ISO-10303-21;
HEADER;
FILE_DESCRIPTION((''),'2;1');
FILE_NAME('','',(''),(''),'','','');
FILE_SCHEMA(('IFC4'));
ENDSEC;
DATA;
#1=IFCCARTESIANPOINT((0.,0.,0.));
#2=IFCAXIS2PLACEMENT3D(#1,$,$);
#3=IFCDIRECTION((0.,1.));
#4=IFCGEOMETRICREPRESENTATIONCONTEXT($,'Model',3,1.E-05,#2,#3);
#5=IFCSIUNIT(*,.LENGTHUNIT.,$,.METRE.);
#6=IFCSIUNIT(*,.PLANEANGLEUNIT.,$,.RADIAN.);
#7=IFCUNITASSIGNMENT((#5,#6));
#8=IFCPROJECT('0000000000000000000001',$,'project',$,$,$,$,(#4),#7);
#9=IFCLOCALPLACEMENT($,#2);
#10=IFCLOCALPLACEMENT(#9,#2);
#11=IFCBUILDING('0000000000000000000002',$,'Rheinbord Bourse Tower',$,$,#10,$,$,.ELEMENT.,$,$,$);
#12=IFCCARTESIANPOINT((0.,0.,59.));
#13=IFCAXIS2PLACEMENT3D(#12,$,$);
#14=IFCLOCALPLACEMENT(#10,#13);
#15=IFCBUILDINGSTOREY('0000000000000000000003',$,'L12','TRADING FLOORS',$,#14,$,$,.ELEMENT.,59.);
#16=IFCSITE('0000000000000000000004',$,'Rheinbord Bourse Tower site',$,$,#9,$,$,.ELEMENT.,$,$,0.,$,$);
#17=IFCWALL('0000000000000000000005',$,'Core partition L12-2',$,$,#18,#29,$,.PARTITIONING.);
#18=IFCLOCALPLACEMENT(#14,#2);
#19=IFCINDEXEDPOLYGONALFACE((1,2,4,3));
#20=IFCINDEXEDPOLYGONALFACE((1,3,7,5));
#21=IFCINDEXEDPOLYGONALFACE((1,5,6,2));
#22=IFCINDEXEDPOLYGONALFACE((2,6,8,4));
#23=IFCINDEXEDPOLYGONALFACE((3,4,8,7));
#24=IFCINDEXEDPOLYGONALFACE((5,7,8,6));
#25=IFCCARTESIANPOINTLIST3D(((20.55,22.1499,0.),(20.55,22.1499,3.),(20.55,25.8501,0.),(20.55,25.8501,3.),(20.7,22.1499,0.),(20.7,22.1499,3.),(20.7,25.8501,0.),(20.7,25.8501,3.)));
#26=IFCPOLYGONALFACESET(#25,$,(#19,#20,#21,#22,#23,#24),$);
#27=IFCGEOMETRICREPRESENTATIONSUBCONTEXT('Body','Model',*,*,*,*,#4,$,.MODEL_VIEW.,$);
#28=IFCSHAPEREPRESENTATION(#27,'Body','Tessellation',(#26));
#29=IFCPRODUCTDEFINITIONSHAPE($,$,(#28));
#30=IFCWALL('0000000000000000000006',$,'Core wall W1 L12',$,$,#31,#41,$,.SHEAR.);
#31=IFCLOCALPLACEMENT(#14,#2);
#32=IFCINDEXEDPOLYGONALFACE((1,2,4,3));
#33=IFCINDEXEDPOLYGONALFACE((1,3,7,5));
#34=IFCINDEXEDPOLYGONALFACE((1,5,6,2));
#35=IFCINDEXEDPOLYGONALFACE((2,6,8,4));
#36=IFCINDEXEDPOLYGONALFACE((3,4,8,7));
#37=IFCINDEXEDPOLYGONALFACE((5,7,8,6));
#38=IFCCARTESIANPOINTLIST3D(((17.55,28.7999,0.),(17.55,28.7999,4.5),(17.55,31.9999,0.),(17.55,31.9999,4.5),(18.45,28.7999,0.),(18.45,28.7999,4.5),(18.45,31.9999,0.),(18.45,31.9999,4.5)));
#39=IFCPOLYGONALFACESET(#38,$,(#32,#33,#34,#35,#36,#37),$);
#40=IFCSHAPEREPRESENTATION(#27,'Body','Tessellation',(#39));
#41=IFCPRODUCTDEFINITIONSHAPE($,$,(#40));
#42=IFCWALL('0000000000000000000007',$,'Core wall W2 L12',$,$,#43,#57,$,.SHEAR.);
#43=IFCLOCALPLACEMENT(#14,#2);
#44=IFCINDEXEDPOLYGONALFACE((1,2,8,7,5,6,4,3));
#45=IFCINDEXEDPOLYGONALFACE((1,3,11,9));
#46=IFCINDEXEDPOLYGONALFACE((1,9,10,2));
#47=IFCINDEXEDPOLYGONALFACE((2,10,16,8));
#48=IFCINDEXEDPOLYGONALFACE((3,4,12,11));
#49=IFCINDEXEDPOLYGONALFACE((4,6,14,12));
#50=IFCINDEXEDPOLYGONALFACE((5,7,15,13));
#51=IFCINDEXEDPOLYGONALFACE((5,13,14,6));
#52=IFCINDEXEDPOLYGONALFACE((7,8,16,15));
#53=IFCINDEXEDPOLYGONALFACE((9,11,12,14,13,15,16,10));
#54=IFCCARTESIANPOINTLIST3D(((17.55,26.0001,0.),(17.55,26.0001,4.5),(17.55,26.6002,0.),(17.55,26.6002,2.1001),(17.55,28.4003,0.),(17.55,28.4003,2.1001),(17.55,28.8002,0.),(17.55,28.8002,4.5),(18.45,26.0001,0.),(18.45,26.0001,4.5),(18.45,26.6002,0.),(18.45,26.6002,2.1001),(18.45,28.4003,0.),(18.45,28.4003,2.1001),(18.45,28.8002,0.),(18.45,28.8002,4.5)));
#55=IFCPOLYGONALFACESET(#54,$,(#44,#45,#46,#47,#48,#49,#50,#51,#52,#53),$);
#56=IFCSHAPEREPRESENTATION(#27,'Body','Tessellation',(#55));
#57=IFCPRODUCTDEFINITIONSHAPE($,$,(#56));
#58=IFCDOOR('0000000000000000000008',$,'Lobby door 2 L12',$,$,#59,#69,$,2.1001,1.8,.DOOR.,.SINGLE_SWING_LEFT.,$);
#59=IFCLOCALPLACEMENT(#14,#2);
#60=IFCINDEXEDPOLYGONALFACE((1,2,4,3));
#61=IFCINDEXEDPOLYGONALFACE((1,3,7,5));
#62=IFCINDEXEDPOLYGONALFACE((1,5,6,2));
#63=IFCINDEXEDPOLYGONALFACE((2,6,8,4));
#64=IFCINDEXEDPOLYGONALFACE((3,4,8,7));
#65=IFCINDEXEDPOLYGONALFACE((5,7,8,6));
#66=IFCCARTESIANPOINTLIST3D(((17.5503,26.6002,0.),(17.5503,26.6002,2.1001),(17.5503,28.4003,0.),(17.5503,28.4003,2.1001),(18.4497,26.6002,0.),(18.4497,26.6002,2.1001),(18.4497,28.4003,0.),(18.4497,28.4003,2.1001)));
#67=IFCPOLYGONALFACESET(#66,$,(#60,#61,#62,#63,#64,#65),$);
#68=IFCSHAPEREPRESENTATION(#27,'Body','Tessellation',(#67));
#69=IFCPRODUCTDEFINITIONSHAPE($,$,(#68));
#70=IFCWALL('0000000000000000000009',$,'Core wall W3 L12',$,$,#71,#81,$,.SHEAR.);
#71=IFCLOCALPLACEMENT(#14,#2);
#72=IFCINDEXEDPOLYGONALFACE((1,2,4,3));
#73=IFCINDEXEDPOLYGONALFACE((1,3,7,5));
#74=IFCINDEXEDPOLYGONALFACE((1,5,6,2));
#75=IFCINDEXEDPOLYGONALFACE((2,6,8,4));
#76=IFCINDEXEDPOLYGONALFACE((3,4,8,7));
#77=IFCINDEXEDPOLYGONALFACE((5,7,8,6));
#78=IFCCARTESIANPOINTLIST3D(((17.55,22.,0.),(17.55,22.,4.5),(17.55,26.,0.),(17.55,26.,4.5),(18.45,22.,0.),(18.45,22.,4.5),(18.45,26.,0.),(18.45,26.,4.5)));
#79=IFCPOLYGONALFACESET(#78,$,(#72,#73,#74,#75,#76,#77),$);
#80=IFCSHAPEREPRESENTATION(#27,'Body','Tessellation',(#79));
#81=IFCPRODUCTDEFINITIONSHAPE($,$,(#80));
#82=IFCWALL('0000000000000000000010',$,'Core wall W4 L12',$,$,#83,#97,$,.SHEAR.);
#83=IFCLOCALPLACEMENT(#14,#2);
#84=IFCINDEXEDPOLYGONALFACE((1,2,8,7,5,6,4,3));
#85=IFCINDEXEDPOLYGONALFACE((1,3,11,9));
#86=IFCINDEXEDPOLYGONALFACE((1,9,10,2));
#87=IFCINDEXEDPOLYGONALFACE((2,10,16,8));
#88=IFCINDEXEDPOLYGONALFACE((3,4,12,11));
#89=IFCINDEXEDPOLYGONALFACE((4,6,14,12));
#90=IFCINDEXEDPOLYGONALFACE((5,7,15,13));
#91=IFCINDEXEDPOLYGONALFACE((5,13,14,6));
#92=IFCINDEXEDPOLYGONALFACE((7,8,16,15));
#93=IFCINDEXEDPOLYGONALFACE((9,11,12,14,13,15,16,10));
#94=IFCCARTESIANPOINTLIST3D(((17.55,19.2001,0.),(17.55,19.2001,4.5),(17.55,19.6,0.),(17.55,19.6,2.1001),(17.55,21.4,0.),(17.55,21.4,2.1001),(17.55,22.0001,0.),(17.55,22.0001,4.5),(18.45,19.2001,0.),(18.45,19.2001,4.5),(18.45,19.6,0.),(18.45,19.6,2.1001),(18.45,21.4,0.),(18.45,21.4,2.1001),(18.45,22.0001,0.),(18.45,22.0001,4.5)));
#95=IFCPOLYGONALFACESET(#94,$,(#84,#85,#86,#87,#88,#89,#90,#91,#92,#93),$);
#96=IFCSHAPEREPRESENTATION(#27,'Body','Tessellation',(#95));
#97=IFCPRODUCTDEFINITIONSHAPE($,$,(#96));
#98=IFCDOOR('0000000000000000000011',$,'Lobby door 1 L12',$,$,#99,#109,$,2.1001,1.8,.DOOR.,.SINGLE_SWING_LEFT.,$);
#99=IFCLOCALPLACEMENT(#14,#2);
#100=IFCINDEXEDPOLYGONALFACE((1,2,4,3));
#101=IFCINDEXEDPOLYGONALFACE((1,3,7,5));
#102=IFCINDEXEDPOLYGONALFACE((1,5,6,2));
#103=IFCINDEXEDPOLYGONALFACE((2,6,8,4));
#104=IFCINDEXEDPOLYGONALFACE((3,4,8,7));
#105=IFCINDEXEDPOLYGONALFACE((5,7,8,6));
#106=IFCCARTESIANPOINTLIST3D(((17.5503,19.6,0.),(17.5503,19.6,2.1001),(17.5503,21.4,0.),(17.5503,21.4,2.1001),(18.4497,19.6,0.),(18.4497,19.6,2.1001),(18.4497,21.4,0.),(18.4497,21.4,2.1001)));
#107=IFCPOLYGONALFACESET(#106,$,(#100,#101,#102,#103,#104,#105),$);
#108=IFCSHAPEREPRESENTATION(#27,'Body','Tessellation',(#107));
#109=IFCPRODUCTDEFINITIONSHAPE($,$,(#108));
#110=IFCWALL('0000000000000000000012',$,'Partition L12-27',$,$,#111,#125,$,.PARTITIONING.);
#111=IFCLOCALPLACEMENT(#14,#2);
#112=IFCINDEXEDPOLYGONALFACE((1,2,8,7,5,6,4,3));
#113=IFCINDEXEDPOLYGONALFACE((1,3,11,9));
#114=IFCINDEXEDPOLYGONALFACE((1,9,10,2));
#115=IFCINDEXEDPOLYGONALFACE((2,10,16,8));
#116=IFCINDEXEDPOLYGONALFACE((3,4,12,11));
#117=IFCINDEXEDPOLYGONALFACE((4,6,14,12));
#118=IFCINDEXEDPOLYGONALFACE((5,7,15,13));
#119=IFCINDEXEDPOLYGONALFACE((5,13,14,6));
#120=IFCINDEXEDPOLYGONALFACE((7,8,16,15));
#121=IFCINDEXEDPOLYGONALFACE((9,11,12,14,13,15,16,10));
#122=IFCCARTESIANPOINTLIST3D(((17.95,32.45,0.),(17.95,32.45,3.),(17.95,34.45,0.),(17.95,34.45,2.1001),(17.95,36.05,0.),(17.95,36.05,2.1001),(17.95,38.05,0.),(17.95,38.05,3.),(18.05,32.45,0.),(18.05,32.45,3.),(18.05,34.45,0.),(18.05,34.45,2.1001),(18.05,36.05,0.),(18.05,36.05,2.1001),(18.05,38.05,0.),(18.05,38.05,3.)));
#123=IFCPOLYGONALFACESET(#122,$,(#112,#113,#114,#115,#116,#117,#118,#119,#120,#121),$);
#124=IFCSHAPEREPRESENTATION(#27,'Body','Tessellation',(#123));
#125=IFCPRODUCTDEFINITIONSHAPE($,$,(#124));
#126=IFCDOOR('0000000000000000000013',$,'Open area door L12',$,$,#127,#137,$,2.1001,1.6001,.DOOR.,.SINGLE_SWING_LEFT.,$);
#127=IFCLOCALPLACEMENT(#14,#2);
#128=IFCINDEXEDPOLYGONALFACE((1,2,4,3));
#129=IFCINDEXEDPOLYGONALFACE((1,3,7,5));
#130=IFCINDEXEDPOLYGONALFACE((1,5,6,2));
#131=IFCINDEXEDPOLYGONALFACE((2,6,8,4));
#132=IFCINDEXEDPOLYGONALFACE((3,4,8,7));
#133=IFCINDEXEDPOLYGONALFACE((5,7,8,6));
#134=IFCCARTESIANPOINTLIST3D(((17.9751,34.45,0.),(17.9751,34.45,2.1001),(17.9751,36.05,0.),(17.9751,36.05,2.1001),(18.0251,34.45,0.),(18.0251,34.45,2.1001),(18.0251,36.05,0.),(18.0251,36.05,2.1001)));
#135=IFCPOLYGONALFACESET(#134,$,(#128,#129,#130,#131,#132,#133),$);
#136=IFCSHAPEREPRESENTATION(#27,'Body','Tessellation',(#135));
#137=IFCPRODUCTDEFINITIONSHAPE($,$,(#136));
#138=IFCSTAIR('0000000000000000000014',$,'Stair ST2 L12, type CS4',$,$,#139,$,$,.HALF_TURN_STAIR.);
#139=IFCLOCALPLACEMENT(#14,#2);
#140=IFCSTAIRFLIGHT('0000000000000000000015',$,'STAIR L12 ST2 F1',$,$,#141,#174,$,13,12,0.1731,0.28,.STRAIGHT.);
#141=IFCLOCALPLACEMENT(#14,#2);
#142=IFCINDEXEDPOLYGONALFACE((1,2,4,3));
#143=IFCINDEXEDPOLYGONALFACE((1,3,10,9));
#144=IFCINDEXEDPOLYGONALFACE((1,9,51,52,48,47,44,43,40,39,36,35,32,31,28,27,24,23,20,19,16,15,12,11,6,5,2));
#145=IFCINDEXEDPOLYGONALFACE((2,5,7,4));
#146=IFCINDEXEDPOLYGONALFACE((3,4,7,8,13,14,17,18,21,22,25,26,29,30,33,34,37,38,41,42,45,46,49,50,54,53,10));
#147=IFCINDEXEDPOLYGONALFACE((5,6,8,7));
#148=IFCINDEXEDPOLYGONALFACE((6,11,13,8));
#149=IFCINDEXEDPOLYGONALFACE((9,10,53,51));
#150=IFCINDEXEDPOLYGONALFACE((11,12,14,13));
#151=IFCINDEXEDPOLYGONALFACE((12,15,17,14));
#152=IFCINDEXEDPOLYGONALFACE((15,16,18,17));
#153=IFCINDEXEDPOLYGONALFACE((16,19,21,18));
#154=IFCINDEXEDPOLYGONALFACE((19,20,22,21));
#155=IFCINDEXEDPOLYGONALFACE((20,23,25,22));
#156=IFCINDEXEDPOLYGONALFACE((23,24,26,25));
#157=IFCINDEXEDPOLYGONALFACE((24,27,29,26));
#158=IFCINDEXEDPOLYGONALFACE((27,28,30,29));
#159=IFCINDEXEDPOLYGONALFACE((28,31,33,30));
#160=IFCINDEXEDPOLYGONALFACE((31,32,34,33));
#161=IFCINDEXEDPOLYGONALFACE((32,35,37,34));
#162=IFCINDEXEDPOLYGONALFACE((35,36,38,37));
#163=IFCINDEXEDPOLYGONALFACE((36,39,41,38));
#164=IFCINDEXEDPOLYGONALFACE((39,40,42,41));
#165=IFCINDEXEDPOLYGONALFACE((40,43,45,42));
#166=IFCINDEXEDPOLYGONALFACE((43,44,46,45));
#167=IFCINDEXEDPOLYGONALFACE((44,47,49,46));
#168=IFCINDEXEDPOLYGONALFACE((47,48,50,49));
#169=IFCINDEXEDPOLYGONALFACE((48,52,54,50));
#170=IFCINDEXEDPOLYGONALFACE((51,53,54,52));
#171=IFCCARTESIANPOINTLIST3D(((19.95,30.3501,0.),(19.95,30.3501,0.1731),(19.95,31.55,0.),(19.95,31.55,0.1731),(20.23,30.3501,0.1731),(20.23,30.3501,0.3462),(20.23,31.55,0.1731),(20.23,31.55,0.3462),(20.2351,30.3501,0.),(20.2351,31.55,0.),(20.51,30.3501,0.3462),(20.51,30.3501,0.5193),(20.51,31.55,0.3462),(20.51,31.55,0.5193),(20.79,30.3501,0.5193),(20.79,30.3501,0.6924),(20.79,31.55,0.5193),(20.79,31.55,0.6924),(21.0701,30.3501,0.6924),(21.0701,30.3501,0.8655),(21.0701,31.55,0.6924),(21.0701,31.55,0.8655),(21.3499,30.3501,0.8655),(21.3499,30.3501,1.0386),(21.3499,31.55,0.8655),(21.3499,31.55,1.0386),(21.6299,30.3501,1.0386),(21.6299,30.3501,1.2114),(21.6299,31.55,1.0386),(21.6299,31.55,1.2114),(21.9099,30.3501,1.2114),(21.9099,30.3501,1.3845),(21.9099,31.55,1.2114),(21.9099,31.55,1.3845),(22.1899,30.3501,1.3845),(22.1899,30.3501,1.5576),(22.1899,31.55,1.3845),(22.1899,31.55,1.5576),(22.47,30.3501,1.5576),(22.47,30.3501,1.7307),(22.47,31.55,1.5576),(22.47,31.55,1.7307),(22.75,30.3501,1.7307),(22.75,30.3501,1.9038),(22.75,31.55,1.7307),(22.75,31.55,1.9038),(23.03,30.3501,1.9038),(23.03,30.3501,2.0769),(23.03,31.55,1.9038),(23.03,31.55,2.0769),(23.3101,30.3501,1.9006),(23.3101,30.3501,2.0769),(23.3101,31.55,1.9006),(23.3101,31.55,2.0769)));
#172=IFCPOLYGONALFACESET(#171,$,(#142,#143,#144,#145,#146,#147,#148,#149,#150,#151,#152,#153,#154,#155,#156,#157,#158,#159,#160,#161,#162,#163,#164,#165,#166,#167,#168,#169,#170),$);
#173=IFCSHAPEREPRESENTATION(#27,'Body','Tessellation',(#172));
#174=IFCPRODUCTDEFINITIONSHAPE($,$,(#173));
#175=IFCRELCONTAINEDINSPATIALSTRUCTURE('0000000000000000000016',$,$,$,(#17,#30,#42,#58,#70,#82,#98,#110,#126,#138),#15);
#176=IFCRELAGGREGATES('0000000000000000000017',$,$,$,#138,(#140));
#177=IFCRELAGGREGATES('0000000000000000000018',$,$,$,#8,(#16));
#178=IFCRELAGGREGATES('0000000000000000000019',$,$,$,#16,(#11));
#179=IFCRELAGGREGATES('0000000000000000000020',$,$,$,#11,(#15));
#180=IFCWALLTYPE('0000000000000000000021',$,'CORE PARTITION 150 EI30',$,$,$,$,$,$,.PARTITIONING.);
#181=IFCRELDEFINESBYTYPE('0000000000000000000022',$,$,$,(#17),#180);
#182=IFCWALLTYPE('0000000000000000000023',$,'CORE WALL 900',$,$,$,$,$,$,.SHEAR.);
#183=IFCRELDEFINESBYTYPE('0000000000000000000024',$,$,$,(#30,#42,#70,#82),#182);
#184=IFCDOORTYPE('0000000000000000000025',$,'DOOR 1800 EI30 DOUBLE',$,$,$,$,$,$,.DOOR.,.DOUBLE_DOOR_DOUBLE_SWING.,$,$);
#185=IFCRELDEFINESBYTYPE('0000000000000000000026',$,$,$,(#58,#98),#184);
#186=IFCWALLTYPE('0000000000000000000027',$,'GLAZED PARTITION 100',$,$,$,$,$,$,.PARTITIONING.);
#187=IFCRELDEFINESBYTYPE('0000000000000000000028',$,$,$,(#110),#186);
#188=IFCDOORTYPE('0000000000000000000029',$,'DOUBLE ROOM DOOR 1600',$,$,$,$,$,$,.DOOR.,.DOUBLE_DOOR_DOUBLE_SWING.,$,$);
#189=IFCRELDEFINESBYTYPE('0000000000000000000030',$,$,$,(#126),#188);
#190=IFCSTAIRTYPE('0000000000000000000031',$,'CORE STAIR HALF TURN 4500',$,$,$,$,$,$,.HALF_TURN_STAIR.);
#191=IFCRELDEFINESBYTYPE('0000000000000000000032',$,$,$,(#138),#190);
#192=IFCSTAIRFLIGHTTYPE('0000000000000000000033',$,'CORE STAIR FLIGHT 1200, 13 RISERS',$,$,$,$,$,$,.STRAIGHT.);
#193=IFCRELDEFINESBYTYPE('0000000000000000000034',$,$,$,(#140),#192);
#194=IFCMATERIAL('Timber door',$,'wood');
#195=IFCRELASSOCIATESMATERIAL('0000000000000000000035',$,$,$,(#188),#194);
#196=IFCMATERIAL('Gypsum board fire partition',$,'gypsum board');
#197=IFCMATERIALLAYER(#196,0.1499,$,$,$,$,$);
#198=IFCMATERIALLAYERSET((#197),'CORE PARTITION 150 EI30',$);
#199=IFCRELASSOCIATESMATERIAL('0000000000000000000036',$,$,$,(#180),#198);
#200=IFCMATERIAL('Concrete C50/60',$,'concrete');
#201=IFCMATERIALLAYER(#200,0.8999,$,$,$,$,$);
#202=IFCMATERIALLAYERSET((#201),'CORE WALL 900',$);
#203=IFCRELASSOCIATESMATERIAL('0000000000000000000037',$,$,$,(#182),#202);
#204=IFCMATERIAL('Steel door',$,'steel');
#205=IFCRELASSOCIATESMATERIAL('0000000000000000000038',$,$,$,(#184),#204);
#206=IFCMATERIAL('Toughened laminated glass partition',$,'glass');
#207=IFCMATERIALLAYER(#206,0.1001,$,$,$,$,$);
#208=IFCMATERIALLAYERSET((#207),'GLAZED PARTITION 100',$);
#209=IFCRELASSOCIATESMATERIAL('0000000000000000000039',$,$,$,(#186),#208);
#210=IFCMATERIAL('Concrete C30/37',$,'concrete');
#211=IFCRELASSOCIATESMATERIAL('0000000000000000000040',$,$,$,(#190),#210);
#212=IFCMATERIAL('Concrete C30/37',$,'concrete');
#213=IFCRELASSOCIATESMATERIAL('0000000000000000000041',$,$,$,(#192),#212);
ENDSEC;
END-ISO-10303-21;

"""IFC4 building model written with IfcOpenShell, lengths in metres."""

from ifc_helpers import new_model, si_unit, direction, frame, frame_2d, origin, place, context, subcontext, project, spatial, polyline, rectangle, outline, extrude, material, layer, layer_set, type_object, element, fill, aggregate, save


model = new_model("IFC4")

# Units and contexts
model_context = context("Model", 3, precision=1e-05, world=origin(), true_north=direction((0.0, 1.0)))
body_context = subcontext(model_context, "Body", "Model", "MODEL_VIEW")
ifc_project = project(units=[si_unit("LENGTHUNIT", "METRE"), si_unit("PLANEANGLEUNIT", "RADIAN")], contexts=[model_context])

# Site, building, storey
site_placement = place(None, origin())
site = spatial("IfcSite", under=ifc_project, at=site_placement, Name="Rheinbord Bourse Tower site", CompositionType="ELEMENT", RefElevation=0.0)
building_placement = place(site_placement, origin())
building = spatial("IfcBuilding", under=site, at=building_placement, Name="Rheinbord Bourse Tower", CompositionType="ELEMENT")
storey_placement = place(building_placement, frame((0.0, 0.0, 59.0)))
storey = spatial("IfcBuildingStorey", under=building, at=storey_placement, Name="L12", Description="TRADING FLOORS", CompositionType="ELEMENT", Elevation=59.0)

# Shared definitions
ifc_material_1 = material(Name="Timber door", Category="wood")
door_type_1 = type_object("IfcDoorType", Name="DOUBLE ROOM DOOR 1600", OperationType="DOUBLE_DOOR_DOUBLE_SWING", PredefinedType="DOOR", material=ifc_material_1)

# Walls
ifc_material_2 = material(Name="Gypsum board fire partition", Category="gypsum board")
ifc_layer_1 = layer(ifc_material_2, 0.1499)
ifc_layer_set_1 = layer_set([ifc_layer_1], Name="CORE PARTITION 150 EI30")
wall_type_1 = type_object("IfcWallType", Name="CORE PARTITION 150 EI30", PredefinedType="PARTITIONING", material=ifc_layer_set_1)
wall_1_placement = place(storey_placement, frame((20.625, 22.1499, 0.0), z_axis=(0.0, 0.0, 1.0), x_axis=(0.0, 1.0, 0.0)))
element("IfcWall", 1, at=wall_1_placement, inside=storey, type_object=wall_type_1, Name="Core partition L12-2", PredefinedType="PARTITIONING", context=body_context, shape_type="SweptSolid", body=[
    extrude(rectangle(XDim=3.7002, YDim=0.1499, at=frame_2d((1.8501, 0.0))), origin(), (0.0, 0.0, 1.0), 3.0),
])
ifc_material_3 = material(Name="Concrete C50/60", Category="concrete")
ifc_layer_2 = layer(ifc_material_3, 0.8999)
ifc_layer_set_2 = layer_set([ifc_layer_2], Name="CORE WALL 900")
wall_type_2 = type_object("IfcWallType", Name="CORE WALL 900", PredefinedType="SHEAR", material=ifc_layer_set_2)
wall_2_placement = place(storey_placement, frame((18.0, 32.0, 0.0), z_axis=(0.0, 0.0, 1.0), x_axis=(0.0, -1.0, 0.0)))
element("IfcWall", 2, at=wall_2_placement, inside=storey, type_object=wall_type_2, Name="Core wall W1 L12", PredefinedType="SHEAR", context=body_context, shape_type="SweptSolid", body=[
    extrude(rectangle(XDim=3.2, YDim=0.8999, at=frame_2d((1.6001, 0.0))), origin(), (0.0, 0.0, 1.0), 4.5),
])

# Wall, opening, door
wall_3_placement = place(storey_placement, frame((18.0, 28.8, 0.0), z_axis=(0.0, 0.0, 1.0), x_axis=(0.0, -1.0, 0.0)))
wall_3 = element("IfcWall", 3, at=wall_3_placement, inside=storey, type_object=wall_type_2, Name="Core wall W2 L12", PredefinedType="SHEAR", context=body_context, shape_type="SweptSolid", body=[
    extrude(rectangle(XDim=2.8, YDim=0.8999, at=frame_2d((1.3999, 0.0))), origin(), (0.0, 0.0, 1.0), 4.5),
])
opening_1_placement = place(wall_3_placement, frame((0.3999, 0.0, 0.0)))
opening_1 = element("IfcOpeningElement", 4, at=opening_1_placement, cuts=wall_3, PredefinedType="OPENING", context=body_context, shape_type="SweptSolid", body=[
    extrude(rectangle(XDim=1.8, YDim=2.1001, at=frame_2d((0.8999, 1.05))), frame((0.0, 0.46, 0.0), z_axis=(0.0, -1.0, 0.0), x_axis=(1.0, 0.0, 0.0)), (0.0, 0.0, 1.0), 0.9199),
])
ifc_material_4 = material(Name="Steel door", Category="steel")
door_type_2 = type_object("IfcDoorType", Name="DOOR 1800 EI30 DOUBLE", OperationType="DOUBLE_DOOR_DOUBLE_SWING", PredefinedType="DOOR", material=ifc_material_4)
door_1_placement = place(opening_1_placement, origin())
door_1 = element("IfcDoor", 5, at=door_1_placement, inside=storey, type_object=door_type_2, Name="Lobby door 2 L12", OperationType="SINGLE_SWING_LEFT", OverallHeight=2.1001, OverallWidth=1.8, PredefinedType="DOOR", context=body_context, shape_type="SweptSolid", body=[
    extrude(rectangle(XDim=1.8, YDim=2.1001, at=frame_2d((0.8999, 1.05))), frame((0.0, 0.4497, 0.0), z_axis=(0.0, -1.0, 0.0), x_axis=(1.0, 0.0, 0.0)), (0.0, 0.0, 1.0), 0.8994),
])
fill(opening_1, door_1)

# Wall
wall_4_placement = place(storey_placement, frame((18.0, 26.0, 0.0), z_axis=(0.0, 0.0, 1.0), x_axis=(0.0, -1.0, 0.0)))
element("IfcWall", 6, at=wall_4_placement, inside=storey, type_object=wall_type_2, Name="Core wall W3 L12", PredefinedType="SHEAR", context=body_context, shape_type="SweptSolid", body=[
    extrude(rectangle(XDim=4.0, YDim=0.8999, at=frame_2d((2.0, 0.0))), origin(), (0.0, 0.0, 1.0), 4.5),
])

# Walls, openings, doors
wall_5_placement = place(storey_placement, frame((18.0, 22.0, 0.0), z_axis=(0.0, 0.0, 1.0), x_axis=(0.0, -1.0, 0.0)))
wall_5 = element("IfcWall", 7, at=wall_5_placement, inside=storey, type_object=wall_type_2, Name="Core wall W4 L12", PredefinedType="SHEAR", context=body_context, shape_type="SweptSolid", body=[
    extrude(rectangle(XDim=2.8, YDim=0.8999, at=frame_2d((1.3999, 0.0))), origin(), (0.0, 0.0, 1.0), 4.5),
])
opening_2_placement = place(wall_5_placement, frame((0.6001, 0.0, 0.0)))
opening_2 = element("IfcOpeningElement", 8, at=opening_2_placement, cuts=wall_5, PredefinedType="OPENING", context=body_context, shape_type="SweptSolid", body=[
    extrude(rectangle(XDim=1.8, YDim=2.1001, at=frame_2d((0.8999, 1.05))), frame((0.0, 0.46, 0.0), z_axis=(0.0, -1.0, 0.0), x_axis=(1.0, 0.0, 0.0)), (0.0, 0.0, 1.0), 0.9199),
])
door_2_placement = place(opening_2_placement, origin())
door_2 = element("IfcDoor", 9, at=door_2_placement, inside=storey, type_object=door_type_2, Name="Lobby door 1 L12", OperationType="SINGLE_SWING_LEFT", OverallHeight=2.1001, OverallWidth=1.8, PredefinedType="DOOR", context=body_context, shape_type="SweptSolid", body=[
    extrude(rectangle(XDim=1.8, YDim=2.1001, at=frame_2d((0.8999, 1.05))), frame((0.0, 0.4497, 0.0), z_axis=(0.0, -1.0, 0.0), x_axis=(1.0, 0.0, 0.0)), (0.0, 0.0, 1.0), 0.8994),
])
fill(opening_2, door_2)
ifc_material_5 = material(Name="Toughened laminated glass partition", Category="glass")
ifc_layer_3 = layer(ifc_material_5, 0.1001)
ifc_layer_set_3 = layer_set([ifc_layer_3], Name="GLAZED PARTITION 100")
wall_type_3 = type_object("IfcWallType", Name="GLAZED PARTITION 100", PredefinedType="PARTITIONING", material=ifc_layer_set_3)
wall_6_placement = place(storey_placement, frame((18.0, 32.45, 0.0), z_axis=(0.0, 0.0, 1.0), x_axis=(0.0, 1.0, 0.0)))
wall_6 = element("IfcWall", 10, at=wall_6_placement, inside=storey, type_object=wall_type_3, Name="Partition L12-27", PredefinedType="PARTITIONING", context=body_context, shape_type="SweptSolid", body=[
    extrude(rectangle(XDim=5.6001, YDim=0.1001, at=frame_2d((2.8, 0.0))), origin(), (0.0, 0.0, 1.0), 3.0),
])
opening_3_placement = place(wall_6_placement, frame((2.0, 0.0, 0.0)))
opening_3 = element("IfcOpeningElement", 11, at=opening_3_placement, cuts=wall_6, PredefinedType="OPENING", context=body_context, shape_type="SweptSolid", body=[
    extrude(rectangle(XDim=1.6001, YDim=2.1001, at=frame_2d((0.8, 1.05))), frame((0.0, 0.0601, 0.0), z_axis=(0.0, -1.0, 0.0), x_axis=(1.0, 0.0, 0.0)), (0.0, 0.0, 1.0), 0.1201),
])
door_3_placement = place(opening_3_placement, origin())
door_3 = element("IfcDoor", 12, at=door_3_placement, inside=storey, type_object=door_type_1, Name="Open area door L12", OperationType="SINGLE_SWING_LEFT", OverallHeight=2.1001, OverallWidth=1.6001, PredefinedType="DOOR", context=body_context, shape_type="SweptSolid", body=[
    extrude(rectangle(XDim=1.6001, YDim=2.1001, at=frame_2d((0.8, 1.05))), frame((0.0, 0.0249, 0.0), z_axis=(0.0, -1.0, 0.0), x_axis=(1.0, 0.0, 0.0)), (0.0, 0.0, 1.0), 0.05),
])
fill(opening_3, door_3)

# Stair, stair flight
ifc_material_6 = material(Name="Concrete C30/37", Category="concrete")
stair_type = type_object("IfcStairType", Name="CORE STAIR HALF TURN 4500", PredefinedType="HALF_TURN_STAIR", material=ifc_material_6)
stair_placement = place(storey_placement, origin())
stair = element("IfcStair", 13, at=stair_placement, inside=storey, type_object=stair_type, Name="Stair ST2 L12, type CS4", PredefinedType="HALF_TURN_STAIR")
ifc_material_7 = material(Name="Concrete C30/37", Category="concrete")
stair_flight_type = type_object("IfcStairFlightType", Name="CORE STAIR FLIGHT 1200, 13 RISERS", PredefinedType="STRAIGHT", material=ifc_material_7)
stair_flight_1_placement = place(storey_placement, frame((19.95, 30.95, 0.0), z_axis=(0.0, 0.0, 1.0), x_axis=(1.0, 0.0, 0.0)))
stair_flight_1 = element("IfcStairFlight", 14, at=stair_flight_1_placement, type_object=stair_flight_type, Name="STAIR L12 ST2 F1", NumberOfRisers=13, NumberOfTreads=12, PredefinedType="STRAIGHT", RiserHeight=0.1731, TreadLength=0.28, context=body_context, shape_type="SweptSolid", body=[
    extrude(outline(polyline([(0.0, 0.0), (0.0, 0.1731), (0.28, 0.1731), (0.28, 0.3462), (0.5601, 0.3462), (0.5601, 0.5193), (0.8401, 0.5193), (0.8401, 0.6924), (1.1201, 0.6924), (1.1201, 0.8655), (1.3999, 0.8655), (1.3999, 1.0386), (1.6799, 1.0386), (1.6799, 1.2114), (1.96, 1.2114), (1.96, 1.3845), (2.24, 1.3845), (2.24, 1.5576), (2.52, 1.5576), (2.52, 1.7307), (2.8, 1.7307), (2.8, 1.9038), (3.0801, 1.9038), (3.0801, 2.0769), (3.3601, 2.0769), (3.3601, 2.25), (3.3601, 1.9006), (0.2852, 0.0), (0.0, 0.0)])), frame((0.0, 0.6001, 0.0), z_axis=(0.0, -1.0, 0.0), x_axis=(1.0, 0.0, 0.0)), (0.0, 0.0, 1.0), 1.2),
])
aggregate(stair, [stair_flight_1])

save(model, "model.ifc")
